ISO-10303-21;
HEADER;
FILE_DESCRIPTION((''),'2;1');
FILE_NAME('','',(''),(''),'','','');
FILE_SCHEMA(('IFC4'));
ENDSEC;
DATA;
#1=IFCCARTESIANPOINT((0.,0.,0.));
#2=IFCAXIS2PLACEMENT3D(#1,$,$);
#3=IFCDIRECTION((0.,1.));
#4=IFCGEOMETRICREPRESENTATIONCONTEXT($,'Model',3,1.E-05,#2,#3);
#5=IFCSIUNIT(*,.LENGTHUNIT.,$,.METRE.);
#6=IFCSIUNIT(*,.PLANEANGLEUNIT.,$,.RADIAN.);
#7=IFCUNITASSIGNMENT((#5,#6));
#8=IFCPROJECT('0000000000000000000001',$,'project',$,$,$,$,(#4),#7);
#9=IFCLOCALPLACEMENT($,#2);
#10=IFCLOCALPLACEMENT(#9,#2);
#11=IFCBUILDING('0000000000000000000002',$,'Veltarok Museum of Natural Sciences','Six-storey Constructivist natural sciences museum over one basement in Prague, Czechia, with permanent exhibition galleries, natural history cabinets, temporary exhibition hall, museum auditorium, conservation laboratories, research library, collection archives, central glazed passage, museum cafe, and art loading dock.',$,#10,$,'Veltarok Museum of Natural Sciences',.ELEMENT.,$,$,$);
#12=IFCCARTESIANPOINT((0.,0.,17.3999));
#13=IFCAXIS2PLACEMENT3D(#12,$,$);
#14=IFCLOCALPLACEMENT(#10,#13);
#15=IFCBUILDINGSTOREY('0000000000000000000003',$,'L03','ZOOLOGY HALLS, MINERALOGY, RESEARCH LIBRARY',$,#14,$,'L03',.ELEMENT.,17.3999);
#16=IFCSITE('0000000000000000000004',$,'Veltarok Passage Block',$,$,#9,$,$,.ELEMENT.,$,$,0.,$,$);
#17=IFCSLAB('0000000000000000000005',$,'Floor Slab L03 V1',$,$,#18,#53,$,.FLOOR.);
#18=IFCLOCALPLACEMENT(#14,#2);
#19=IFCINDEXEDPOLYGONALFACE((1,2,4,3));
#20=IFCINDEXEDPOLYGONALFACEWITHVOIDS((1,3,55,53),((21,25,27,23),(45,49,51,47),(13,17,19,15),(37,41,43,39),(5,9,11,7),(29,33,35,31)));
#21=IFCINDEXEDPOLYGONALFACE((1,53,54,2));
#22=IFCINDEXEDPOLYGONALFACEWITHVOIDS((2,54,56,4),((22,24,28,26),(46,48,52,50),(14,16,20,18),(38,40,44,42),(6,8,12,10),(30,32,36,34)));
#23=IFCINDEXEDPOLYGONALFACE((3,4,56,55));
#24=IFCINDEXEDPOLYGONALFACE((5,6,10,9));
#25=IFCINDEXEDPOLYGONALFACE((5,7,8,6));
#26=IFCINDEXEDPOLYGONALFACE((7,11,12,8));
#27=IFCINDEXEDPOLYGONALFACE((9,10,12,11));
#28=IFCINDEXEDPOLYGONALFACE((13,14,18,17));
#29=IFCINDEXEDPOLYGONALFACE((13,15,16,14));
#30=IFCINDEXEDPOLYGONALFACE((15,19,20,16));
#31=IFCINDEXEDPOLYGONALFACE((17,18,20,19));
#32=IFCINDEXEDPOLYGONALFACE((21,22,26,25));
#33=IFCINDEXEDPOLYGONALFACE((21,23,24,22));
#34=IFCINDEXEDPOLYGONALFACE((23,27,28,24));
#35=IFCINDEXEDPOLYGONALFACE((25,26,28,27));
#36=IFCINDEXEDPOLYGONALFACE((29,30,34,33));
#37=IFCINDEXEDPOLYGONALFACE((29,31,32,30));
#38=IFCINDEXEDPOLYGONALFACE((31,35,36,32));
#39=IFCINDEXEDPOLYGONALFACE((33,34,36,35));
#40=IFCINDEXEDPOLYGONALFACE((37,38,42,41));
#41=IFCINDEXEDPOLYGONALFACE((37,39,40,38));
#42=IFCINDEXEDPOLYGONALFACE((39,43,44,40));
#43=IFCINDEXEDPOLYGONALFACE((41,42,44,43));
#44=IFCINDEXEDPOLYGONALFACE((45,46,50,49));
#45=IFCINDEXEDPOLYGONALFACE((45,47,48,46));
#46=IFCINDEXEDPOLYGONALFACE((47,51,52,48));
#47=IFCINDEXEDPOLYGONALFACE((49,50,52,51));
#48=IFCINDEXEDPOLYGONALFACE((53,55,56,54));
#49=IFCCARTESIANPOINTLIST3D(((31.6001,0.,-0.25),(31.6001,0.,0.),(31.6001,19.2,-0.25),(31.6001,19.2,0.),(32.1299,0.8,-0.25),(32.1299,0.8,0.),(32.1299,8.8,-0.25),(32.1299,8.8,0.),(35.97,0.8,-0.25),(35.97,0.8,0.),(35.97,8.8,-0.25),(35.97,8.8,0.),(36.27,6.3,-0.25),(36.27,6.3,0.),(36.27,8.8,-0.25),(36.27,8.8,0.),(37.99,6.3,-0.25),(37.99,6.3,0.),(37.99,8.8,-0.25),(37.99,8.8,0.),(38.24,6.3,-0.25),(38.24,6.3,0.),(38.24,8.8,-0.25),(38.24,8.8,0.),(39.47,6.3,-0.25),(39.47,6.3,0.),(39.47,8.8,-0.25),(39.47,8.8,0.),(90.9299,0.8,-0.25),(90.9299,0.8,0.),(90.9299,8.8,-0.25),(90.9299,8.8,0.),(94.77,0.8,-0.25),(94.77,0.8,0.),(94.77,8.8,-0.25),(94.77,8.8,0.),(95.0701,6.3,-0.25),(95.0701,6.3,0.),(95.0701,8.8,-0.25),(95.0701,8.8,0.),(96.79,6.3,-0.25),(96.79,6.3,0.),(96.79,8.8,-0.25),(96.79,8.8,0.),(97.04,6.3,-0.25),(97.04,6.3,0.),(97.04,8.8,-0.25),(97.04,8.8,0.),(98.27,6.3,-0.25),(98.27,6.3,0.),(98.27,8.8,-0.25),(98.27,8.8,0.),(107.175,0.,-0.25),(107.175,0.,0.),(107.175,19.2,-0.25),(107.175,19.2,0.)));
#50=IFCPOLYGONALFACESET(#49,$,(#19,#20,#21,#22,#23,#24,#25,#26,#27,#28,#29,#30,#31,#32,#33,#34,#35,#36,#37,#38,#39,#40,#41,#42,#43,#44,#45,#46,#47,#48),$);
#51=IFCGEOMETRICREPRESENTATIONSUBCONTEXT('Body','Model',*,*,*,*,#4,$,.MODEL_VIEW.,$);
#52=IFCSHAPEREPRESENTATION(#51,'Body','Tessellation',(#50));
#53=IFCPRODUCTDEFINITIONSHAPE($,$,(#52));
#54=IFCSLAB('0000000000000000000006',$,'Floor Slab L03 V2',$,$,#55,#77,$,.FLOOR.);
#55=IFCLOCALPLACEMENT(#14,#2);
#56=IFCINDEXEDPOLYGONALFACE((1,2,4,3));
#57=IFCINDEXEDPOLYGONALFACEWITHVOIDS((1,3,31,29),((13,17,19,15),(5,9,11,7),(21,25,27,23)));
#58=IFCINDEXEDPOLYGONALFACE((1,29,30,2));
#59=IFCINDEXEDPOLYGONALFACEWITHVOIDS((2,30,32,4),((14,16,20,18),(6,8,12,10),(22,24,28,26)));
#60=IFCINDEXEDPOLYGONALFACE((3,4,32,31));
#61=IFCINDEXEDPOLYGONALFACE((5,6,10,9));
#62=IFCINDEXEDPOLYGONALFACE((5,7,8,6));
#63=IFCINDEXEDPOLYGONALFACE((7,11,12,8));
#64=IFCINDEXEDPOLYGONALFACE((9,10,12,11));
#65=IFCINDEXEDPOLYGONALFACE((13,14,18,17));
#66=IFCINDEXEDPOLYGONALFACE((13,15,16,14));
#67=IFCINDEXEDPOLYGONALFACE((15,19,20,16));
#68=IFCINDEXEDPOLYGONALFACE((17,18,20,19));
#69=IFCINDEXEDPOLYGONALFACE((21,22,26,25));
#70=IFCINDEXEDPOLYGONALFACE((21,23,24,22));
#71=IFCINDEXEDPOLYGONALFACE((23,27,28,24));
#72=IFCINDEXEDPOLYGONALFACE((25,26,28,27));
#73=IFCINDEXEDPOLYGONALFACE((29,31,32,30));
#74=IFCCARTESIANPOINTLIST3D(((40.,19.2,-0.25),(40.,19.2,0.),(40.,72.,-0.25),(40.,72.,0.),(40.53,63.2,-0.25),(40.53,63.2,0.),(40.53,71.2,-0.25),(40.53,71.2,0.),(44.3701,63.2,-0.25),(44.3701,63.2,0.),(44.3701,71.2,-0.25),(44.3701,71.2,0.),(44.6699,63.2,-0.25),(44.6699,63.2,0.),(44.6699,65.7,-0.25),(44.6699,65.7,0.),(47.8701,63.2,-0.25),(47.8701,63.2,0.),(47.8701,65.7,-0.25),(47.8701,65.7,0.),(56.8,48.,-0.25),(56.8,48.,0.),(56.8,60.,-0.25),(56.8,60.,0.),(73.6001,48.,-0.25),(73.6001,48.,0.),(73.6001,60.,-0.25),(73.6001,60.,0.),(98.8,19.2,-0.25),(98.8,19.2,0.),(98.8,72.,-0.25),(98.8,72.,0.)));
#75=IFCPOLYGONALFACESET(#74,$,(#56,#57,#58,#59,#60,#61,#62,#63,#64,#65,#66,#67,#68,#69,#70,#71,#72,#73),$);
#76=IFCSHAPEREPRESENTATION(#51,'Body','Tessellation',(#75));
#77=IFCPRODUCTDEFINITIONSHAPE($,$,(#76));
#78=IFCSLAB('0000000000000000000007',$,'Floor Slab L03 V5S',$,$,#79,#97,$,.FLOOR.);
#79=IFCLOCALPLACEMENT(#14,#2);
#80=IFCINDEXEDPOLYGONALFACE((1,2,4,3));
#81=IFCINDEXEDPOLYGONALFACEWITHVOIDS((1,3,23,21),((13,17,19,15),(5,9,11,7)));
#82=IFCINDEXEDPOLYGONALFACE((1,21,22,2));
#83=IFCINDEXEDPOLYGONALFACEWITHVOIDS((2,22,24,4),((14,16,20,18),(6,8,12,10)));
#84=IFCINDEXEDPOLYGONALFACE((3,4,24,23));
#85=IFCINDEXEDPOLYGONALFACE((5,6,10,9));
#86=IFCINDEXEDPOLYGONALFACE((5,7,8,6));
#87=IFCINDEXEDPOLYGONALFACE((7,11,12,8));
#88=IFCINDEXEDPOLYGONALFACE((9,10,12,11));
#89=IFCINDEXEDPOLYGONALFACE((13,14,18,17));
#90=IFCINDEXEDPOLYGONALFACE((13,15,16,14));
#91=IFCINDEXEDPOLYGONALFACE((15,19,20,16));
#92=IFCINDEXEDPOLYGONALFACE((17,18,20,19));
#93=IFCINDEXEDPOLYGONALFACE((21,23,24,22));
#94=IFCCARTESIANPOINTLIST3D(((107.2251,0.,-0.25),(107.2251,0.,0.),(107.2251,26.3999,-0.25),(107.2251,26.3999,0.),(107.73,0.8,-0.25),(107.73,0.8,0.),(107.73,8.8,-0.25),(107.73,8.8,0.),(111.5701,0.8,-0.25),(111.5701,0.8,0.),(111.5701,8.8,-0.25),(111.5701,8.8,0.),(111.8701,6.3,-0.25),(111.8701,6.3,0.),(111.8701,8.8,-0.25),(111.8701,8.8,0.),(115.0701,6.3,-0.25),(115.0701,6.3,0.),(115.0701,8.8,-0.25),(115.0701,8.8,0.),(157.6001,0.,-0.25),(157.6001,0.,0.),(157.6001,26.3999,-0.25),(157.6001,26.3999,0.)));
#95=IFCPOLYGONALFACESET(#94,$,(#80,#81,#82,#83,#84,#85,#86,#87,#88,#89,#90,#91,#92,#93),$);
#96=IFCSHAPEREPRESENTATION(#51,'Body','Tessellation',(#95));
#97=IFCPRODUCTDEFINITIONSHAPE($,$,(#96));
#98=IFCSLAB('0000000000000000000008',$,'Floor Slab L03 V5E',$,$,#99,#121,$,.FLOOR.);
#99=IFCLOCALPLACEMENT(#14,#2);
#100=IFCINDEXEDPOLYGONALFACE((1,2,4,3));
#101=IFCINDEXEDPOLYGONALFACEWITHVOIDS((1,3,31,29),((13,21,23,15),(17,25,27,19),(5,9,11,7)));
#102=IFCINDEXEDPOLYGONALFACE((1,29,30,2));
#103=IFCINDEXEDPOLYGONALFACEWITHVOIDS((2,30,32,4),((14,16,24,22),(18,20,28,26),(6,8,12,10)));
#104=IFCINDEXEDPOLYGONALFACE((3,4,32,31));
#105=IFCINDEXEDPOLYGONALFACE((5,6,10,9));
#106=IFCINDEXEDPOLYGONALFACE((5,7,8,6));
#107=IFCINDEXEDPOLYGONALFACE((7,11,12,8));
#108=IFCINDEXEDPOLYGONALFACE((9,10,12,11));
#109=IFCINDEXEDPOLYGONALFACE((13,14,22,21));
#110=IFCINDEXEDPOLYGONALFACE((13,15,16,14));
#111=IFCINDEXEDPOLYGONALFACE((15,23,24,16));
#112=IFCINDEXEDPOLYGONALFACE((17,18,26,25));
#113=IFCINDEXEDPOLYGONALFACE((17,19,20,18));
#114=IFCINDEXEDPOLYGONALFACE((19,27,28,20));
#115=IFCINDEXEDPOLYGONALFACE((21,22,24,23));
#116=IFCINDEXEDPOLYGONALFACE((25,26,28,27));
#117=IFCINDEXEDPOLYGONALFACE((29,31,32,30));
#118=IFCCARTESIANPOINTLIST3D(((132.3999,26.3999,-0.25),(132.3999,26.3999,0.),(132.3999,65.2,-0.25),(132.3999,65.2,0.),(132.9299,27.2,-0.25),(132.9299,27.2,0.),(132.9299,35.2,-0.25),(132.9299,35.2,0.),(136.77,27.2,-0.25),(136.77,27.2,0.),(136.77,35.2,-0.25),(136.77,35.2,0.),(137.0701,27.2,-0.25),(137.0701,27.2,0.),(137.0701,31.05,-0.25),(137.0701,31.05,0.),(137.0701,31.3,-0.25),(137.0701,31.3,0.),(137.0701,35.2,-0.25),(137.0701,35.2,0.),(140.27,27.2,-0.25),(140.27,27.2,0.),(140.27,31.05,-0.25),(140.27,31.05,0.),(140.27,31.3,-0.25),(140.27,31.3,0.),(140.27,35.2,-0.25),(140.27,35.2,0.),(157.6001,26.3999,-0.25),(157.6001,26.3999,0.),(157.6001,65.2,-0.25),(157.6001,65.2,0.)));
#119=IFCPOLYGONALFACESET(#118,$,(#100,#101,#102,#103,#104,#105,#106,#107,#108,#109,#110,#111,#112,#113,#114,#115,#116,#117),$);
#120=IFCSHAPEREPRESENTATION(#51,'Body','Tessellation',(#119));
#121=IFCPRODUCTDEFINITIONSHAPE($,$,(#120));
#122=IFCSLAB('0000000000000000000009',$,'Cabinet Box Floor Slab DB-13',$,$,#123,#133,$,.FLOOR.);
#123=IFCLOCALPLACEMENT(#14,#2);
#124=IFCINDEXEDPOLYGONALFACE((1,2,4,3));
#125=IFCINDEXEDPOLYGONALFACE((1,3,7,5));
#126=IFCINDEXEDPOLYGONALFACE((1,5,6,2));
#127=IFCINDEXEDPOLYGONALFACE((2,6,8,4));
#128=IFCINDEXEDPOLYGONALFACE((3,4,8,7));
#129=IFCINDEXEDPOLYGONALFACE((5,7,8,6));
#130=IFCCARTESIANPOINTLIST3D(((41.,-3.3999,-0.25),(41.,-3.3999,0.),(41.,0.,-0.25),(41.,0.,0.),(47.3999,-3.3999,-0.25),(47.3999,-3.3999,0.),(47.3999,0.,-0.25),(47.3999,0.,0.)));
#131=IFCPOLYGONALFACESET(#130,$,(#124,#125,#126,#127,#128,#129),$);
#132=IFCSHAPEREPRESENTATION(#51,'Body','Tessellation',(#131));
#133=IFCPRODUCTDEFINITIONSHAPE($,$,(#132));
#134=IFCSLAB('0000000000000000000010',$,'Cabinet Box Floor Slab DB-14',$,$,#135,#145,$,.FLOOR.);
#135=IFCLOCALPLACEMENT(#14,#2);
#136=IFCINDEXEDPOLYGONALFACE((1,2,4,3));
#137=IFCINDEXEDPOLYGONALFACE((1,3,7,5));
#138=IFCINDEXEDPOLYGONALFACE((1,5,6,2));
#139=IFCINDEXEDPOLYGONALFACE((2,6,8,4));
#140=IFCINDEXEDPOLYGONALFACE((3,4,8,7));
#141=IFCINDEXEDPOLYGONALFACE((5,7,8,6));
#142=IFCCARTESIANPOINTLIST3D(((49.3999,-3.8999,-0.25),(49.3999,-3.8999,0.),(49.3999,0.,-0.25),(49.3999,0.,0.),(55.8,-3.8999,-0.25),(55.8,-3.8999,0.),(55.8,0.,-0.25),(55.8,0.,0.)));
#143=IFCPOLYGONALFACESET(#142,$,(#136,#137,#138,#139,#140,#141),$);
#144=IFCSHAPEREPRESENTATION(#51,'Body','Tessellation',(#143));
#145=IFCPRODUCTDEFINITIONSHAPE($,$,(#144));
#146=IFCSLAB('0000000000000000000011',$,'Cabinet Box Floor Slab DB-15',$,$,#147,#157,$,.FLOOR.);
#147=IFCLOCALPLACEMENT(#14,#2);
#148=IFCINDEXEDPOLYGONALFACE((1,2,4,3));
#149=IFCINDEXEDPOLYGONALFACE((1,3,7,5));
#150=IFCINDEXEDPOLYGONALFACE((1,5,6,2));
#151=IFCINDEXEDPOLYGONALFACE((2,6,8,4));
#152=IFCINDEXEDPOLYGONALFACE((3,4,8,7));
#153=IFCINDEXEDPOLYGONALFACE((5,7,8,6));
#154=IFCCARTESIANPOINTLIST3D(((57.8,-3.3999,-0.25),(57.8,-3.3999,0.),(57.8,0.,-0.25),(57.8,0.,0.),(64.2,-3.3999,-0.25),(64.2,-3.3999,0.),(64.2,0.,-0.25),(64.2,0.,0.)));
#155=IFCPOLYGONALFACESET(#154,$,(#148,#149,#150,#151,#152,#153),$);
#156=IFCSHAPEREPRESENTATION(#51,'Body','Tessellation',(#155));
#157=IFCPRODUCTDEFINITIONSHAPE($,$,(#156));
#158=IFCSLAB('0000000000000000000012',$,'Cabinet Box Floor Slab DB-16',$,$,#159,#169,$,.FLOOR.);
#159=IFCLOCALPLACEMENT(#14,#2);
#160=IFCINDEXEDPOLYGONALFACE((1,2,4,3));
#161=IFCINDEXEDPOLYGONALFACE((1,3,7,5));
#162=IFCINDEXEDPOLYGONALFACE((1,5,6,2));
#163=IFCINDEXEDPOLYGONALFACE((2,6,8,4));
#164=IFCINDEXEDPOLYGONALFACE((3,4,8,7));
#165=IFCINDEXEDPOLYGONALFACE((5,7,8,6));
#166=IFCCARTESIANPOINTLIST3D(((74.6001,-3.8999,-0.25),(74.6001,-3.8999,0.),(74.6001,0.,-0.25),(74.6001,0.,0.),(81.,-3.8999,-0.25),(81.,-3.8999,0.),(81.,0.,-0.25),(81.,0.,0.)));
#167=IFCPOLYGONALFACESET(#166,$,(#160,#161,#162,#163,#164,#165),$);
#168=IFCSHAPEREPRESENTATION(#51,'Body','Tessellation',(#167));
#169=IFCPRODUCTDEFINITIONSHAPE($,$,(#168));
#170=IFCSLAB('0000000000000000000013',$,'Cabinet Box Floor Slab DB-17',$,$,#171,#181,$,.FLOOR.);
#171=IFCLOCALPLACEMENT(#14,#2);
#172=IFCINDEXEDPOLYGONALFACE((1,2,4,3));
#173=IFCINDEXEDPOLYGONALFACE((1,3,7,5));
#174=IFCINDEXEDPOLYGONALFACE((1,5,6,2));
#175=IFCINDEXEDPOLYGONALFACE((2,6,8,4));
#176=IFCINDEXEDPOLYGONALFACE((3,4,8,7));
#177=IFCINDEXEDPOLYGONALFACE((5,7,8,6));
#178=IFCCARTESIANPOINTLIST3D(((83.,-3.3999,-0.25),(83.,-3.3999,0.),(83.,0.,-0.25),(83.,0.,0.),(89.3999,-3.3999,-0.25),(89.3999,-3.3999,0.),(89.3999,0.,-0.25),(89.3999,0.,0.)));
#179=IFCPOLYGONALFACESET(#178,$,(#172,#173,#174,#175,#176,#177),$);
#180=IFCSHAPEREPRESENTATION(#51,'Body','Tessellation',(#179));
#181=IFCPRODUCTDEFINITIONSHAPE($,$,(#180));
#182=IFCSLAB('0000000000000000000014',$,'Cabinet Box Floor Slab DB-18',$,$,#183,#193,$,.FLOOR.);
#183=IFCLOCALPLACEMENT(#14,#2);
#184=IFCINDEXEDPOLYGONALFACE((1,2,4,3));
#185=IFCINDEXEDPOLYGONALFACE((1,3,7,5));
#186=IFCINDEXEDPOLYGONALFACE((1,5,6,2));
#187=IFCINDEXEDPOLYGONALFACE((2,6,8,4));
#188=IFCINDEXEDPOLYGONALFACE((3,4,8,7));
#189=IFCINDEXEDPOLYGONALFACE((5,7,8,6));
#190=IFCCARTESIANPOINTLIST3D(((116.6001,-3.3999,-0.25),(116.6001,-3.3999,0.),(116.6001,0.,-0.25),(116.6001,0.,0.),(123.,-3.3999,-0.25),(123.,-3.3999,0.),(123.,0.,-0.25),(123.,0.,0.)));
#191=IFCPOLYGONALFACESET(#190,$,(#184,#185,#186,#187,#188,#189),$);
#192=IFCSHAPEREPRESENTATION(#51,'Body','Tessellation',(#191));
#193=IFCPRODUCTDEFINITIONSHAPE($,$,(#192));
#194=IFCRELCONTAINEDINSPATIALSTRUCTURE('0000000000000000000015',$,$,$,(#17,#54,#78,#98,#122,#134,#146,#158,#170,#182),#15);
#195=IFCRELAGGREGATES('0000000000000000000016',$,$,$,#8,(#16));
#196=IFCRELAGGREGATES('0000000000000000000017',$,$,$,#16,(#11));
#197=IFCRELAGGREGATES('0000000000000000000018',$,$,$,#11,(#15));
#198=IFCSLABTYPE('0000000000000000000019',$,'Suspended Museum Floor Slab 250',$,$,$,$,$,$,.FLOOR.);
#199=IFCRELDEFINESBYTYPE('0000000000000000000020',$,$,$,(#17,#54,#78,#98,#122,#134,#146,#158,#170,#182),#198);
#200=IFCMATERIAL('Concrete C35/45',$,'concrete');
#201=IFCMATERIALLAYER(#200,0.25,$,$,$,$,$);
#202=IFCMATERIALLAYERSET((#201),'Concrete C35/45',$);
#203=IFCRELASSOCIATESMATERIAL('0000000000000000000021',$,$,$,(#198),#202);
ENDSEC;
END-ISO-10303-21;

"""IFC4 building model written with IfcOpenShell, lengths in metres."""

from ifc_helpers import new_model, si_unit, direction, frame, origin, place, context, subcontext, project, spatial, polyline, outline, extrude, material, layer, layer_set, type_object, element, save


model = new_model("IFC4")

# Units and contexts
model_context = context("Model", 3, precision=1e-05, world=origin(), true_north=direction((0.0, 1.0)))
body_context = subcontext(model_context, "Body", "Model", "MODEL_VIEW")
ifc_project = project(units=[si_unit("LENGTHUNIT", "METRE"), si_unit("PLANEANGLEUNIT", "RADIAN")], contexts=[model_context])

# Site, building, storey
site_placement = place(None, origin())
site = spatial("IfcSite", under=ifc_project, at=site_placement, Name="Veltarok Passage Block", CompositionType="ELEMENT", RefElevation=0.0)
building_placement = place(site_placement, origin())
building = spatial("IfcBuilding", under=site, at=building_placement, Name="Veltarok Museum of Natural Sciences", Description="Six-storey Constructivist natural sciences museum over one basement in Prague, Czechia, with permanent exhibition galleries, natural history cabinets, temporary exhibition hall, museum auditorium, conservation laboratories, research library, collection archives, central glazed passage, museum cafe, and art loading dock.", LongName="Veltarok Museum of Natural Sciences", CompositionType="ELEMENT")
storey_placement = place(building_placement, frame((0.0, 0.0, 17.3999)))
storey = spatial("IfcBuildingStorey", under=building, at=storey_placement, Name="L03", Description="ZOOLOGY HALLS, MINERALOGY, RESEARCH LIBRARY", LongName="L03", CompositionType="ELEMENT", Elevation=17.3999)

# Slabs
ifc_material_1 = material(Name="Concrete C35/45", Category="concrete")
ifc_layer_1 = layer(ifc_material_1, 0.25)
ifc_layer_set_1 = layer_set([ifc_layer_1], Name="Concrete C35/45")
slab_type_1 = type_object("IfcSlabType", Name="Suspended Museum Floor Slab 250", PredefinedType="FLOOR", material=ifc_layer_set_1)
slab_1_placement = place(storey_placement, frame((0.0, 0.0, -0.25)))
element("IfcSlab", 1, at=slab_1_placement, inside=storey, type_object=slab_type_1, Name="Floor Slab L03 V1", PredefinedType="FLOOR", context=body_context, shape_type="SweptSolid", body=[
    extrude(outline(polyline([(31.6001, 0.0), (31.6001, 19.2), (107.175, 19.2), (107.175, 0.0), (31.6001, 0.0)]), holes=[polyline([(32.1299, 8.8), (32.1299, 0.8), (35.97, 0.8), (35.97, 8.8), (32.1299, 8.8)]), polyline([(94.77, 8.8), (90.9299, 8.8), (90.9299, 0.8), (94.77, 0.8), (94.77, 8.8)]), polyline([(37.99, 8.8), (36.27, 8.8), (36.27, 6.3), (37.99, 6.3), (37.99, 8.8)]), polyline([(39.47, 8.8), (38.24, 8.8), (38.24, 6.3), (39.47, 6.3), (39.47, 8.8)]), polyline([(96.79, 8.8), (95.0701, 8.8), (95.0701, 6.3), (96.79, 6.3), (96.79, 8.8)]), polyline([(98.27, 8.8), (97.04, 8.8), (97.04, 6.3), (98.27, 6.3), (98.27, 8.8)])]), origin(), (0.0, 0.0, 1.0), 0.25),
])
slab_2_placement = place(storey_placement, frame((0.0, 0.0, -0.25)))
element("IfcSlab", 2, at=slab_2_placement, inside=storey, type_object=slab_type_1, Name="Floor Slab L03 V2", PredefinedType="FLOOR", context=body_context, shape_type="SweptSolid", body=[
    extrude(outline(polyline([(40.0, 19.2), (40.0, 72.0), (98.8, 72.0), (98.8, 19.2), (40.0, 19.2)]), holes=[polyline([(73.6001, 60.0), (56.8, 60.0), (56.8, 48.0), (73.6001, 48.0), (73.6001, 60.0)]), polyline([(47.8701, 65.7), (44.6699, 65.7), (44.6699, 63.2), (47.8701, 63.2), (47.8701, 65.7)]), polyline([(44.3701, 71.2), (40.53, 71.2), (40.53, 63.2), (44.3701, 63.2), (44.3701, 71.2)])]), origin(), (0.0, 0.0, 1.0), 0.25),
])
slab_3_placement = place(storey_placement, frame((0.0, 0.0, -0.25)))
element("IfcSlab", 3, at=slab_3_placement, inside=storey, type_object=slab_type_1, Name="Floor Slab L03 V5S", PredefinedType="FLOOR", context=body_context, shape_type="SweptSolid", body=[
    extrude(outline(polyline([(107.2251, 0.0), (107.2251, 26.3999), (157.6001, 26.3999), (157.6001, 0.0), (107.2251, 0.0)]), holes=[polyline([(107.73, 8.8), (107.73, 0.8), (111.5701, 0.8), (111.5701, 8.8), (107.73, 8.8)]), polyline([(115.0701, 8.8), (111.8701, 8.8), (111.8701, 6.3), (115.0701, 6.3), (115.0701, 8.8)])]), origin(), (0.0, 0.0, 1.0), 0.25),
])
slab_4_placement = place(storey_placement, frame((0.0, 0.0, -0.25)))
element("IfcSlab", 4, at=slab_4_placement, inside=storey, type_object=slab_type_1, Name="Floor Slab L03 V5E", PredefinedType="FLOOR", context=body_context, shape_type="SweptSolid", body=[
    extrude(outline(polyline([(132.3999, 26.3999), (132.3999, 65.2), (157.6001, 65.2), (157.6001, 26.3999), (132.3999, 26.3999)]), holes=[polyline([(140.27, 31.05), (137.0701, 31.05), (137.0701, 27.2), (140.27, 27.2), (140.27, 31.05)]), polyline([(136.77, 35.2), (132.9299, 35.2), (132.9299, 27.2), (136.77, 27.2), (136.77, 35.2)]), polyline([(140.27, 35.2), (137.0701, 35.2), (137.0701, 31.3), (140.27, 31.3), (140.27, 35.2)])]), origin(), (0.0, 0.0, 1.0), 0.25),
])
slab_5_placement = place(storey_placement, frame((0.0, 0.0, -0.25)))
element("IfcSlab", 5, at=slab_5_placement, inside=storey, type_object=slab_type_1, Name="Cabinet Box Floor Slab DB-13", PredefinedType="FLOOR", context=body_context, shape_type="SweptSolid", body=[
    extrude(outline(polyline([(41.0, -3.3999), (47.3999, -3.3999), (47.3999, 0.0), (41.0, 0.0), (41.0, -3.3999)])), origin(), (0.0, 0.0, 1.0), 0.25),
])
slab_6_placement = place(storey_placement, frame((0.0, 0.0, -0.25)))
element("IfcSlab", 6, at=slab_6_placement, inside=storey, type_object=slab_type_1, Name="Cabinet Box Floor Slab DB-14", PredefinedType="FLOOR", context=body_context, shape_type="SweptSolid", body=[
    extrude(outline(polyline([(49.3999, -3.8999), (55.8, -3.8999), (55.8, 0.0), (49.3999, 0.0), (49.3999, -3.8999)])), origin(), (0.0, 0.0, 1.0), 0.25),
])
slab_7_placement = place(storey_placement, frame((0.0, 0.0, -0.25)))
element("IfcSlab", 7, at=slab_7_placement, inside=storey, type_object=slab_type_1, Name="Cabinet Box Floor Slab DB-15", PredefinedType="FLOOR", context=body_context, shape_type="SweptSolid", body=[
    extrude(outline(polyline([(57.8, -3.3999), (64.2, -3.3999), (64.2, 0.0), (57.8, 0.0), (57.8, -3.3999)])), origin(), (0.0, 0.0, 1.0), 0.25),
])
slab_8_placement = place(storey_placement, frame((0.0, 0.0, -0.25)))
element("IfcSlab", 8, at=slab_8_placement, inside=storey, type_object=slab_type_1, Name="Cabinet Box Floor Slab DB-16", PredefinedType="FLOOR", context=body_context, shape_type="SweptSolid", body=[
    extrude(outline(polyline([(74.6001, -3.8999), (81.0, -3.8999), (81.0, 0.0), (74.6001, 0.0), (74.6001, -3.8999)])), origin(), (0.0, 0.0, 1.0), 0.25),
])
slab_9_placement = place(storey_placement, frame((0.0, 0.0, -0.25)))
element("IfcSlab", 9, at=slab_9_placement, inside=storey, type_object=slab_type_1, Name="Cabinet Box Floor Slab DB-17", PredefinedType="FLOOR", context=body_context, shape_type="SweptSolid", body=[
    extrude(outline(polyline([(83.0, -3.3999), (89.3999, -3.3999), (89.3999, 0.0), (83.0, 0.0), (83.0, -3.3999)])), origin(), (0.0, 0.0, 1.0), 0.25),
])
slab_10_placement = place(storey_placement, frame((0.0, 0.0, -0.25)))
element("IfcSlab", 10, at=slab_10_placement, inside=storey, type_object=slab_type_1, Name="Cabinet Box Floor Slab DB-18", PredefinedType="FLOOR", context=body_context, shape_type="SweptSolid", body=[
    extrude(outline(polyline([(116.6001, -3.3999), (123.0, -3.3999), (123.0, 0.0), (116.6001, 0.0), (116.6001, -3.3999)])), origin(), (0.0, 0.0, 1.0), 0.25),
])

save(model, "model.ifc")
